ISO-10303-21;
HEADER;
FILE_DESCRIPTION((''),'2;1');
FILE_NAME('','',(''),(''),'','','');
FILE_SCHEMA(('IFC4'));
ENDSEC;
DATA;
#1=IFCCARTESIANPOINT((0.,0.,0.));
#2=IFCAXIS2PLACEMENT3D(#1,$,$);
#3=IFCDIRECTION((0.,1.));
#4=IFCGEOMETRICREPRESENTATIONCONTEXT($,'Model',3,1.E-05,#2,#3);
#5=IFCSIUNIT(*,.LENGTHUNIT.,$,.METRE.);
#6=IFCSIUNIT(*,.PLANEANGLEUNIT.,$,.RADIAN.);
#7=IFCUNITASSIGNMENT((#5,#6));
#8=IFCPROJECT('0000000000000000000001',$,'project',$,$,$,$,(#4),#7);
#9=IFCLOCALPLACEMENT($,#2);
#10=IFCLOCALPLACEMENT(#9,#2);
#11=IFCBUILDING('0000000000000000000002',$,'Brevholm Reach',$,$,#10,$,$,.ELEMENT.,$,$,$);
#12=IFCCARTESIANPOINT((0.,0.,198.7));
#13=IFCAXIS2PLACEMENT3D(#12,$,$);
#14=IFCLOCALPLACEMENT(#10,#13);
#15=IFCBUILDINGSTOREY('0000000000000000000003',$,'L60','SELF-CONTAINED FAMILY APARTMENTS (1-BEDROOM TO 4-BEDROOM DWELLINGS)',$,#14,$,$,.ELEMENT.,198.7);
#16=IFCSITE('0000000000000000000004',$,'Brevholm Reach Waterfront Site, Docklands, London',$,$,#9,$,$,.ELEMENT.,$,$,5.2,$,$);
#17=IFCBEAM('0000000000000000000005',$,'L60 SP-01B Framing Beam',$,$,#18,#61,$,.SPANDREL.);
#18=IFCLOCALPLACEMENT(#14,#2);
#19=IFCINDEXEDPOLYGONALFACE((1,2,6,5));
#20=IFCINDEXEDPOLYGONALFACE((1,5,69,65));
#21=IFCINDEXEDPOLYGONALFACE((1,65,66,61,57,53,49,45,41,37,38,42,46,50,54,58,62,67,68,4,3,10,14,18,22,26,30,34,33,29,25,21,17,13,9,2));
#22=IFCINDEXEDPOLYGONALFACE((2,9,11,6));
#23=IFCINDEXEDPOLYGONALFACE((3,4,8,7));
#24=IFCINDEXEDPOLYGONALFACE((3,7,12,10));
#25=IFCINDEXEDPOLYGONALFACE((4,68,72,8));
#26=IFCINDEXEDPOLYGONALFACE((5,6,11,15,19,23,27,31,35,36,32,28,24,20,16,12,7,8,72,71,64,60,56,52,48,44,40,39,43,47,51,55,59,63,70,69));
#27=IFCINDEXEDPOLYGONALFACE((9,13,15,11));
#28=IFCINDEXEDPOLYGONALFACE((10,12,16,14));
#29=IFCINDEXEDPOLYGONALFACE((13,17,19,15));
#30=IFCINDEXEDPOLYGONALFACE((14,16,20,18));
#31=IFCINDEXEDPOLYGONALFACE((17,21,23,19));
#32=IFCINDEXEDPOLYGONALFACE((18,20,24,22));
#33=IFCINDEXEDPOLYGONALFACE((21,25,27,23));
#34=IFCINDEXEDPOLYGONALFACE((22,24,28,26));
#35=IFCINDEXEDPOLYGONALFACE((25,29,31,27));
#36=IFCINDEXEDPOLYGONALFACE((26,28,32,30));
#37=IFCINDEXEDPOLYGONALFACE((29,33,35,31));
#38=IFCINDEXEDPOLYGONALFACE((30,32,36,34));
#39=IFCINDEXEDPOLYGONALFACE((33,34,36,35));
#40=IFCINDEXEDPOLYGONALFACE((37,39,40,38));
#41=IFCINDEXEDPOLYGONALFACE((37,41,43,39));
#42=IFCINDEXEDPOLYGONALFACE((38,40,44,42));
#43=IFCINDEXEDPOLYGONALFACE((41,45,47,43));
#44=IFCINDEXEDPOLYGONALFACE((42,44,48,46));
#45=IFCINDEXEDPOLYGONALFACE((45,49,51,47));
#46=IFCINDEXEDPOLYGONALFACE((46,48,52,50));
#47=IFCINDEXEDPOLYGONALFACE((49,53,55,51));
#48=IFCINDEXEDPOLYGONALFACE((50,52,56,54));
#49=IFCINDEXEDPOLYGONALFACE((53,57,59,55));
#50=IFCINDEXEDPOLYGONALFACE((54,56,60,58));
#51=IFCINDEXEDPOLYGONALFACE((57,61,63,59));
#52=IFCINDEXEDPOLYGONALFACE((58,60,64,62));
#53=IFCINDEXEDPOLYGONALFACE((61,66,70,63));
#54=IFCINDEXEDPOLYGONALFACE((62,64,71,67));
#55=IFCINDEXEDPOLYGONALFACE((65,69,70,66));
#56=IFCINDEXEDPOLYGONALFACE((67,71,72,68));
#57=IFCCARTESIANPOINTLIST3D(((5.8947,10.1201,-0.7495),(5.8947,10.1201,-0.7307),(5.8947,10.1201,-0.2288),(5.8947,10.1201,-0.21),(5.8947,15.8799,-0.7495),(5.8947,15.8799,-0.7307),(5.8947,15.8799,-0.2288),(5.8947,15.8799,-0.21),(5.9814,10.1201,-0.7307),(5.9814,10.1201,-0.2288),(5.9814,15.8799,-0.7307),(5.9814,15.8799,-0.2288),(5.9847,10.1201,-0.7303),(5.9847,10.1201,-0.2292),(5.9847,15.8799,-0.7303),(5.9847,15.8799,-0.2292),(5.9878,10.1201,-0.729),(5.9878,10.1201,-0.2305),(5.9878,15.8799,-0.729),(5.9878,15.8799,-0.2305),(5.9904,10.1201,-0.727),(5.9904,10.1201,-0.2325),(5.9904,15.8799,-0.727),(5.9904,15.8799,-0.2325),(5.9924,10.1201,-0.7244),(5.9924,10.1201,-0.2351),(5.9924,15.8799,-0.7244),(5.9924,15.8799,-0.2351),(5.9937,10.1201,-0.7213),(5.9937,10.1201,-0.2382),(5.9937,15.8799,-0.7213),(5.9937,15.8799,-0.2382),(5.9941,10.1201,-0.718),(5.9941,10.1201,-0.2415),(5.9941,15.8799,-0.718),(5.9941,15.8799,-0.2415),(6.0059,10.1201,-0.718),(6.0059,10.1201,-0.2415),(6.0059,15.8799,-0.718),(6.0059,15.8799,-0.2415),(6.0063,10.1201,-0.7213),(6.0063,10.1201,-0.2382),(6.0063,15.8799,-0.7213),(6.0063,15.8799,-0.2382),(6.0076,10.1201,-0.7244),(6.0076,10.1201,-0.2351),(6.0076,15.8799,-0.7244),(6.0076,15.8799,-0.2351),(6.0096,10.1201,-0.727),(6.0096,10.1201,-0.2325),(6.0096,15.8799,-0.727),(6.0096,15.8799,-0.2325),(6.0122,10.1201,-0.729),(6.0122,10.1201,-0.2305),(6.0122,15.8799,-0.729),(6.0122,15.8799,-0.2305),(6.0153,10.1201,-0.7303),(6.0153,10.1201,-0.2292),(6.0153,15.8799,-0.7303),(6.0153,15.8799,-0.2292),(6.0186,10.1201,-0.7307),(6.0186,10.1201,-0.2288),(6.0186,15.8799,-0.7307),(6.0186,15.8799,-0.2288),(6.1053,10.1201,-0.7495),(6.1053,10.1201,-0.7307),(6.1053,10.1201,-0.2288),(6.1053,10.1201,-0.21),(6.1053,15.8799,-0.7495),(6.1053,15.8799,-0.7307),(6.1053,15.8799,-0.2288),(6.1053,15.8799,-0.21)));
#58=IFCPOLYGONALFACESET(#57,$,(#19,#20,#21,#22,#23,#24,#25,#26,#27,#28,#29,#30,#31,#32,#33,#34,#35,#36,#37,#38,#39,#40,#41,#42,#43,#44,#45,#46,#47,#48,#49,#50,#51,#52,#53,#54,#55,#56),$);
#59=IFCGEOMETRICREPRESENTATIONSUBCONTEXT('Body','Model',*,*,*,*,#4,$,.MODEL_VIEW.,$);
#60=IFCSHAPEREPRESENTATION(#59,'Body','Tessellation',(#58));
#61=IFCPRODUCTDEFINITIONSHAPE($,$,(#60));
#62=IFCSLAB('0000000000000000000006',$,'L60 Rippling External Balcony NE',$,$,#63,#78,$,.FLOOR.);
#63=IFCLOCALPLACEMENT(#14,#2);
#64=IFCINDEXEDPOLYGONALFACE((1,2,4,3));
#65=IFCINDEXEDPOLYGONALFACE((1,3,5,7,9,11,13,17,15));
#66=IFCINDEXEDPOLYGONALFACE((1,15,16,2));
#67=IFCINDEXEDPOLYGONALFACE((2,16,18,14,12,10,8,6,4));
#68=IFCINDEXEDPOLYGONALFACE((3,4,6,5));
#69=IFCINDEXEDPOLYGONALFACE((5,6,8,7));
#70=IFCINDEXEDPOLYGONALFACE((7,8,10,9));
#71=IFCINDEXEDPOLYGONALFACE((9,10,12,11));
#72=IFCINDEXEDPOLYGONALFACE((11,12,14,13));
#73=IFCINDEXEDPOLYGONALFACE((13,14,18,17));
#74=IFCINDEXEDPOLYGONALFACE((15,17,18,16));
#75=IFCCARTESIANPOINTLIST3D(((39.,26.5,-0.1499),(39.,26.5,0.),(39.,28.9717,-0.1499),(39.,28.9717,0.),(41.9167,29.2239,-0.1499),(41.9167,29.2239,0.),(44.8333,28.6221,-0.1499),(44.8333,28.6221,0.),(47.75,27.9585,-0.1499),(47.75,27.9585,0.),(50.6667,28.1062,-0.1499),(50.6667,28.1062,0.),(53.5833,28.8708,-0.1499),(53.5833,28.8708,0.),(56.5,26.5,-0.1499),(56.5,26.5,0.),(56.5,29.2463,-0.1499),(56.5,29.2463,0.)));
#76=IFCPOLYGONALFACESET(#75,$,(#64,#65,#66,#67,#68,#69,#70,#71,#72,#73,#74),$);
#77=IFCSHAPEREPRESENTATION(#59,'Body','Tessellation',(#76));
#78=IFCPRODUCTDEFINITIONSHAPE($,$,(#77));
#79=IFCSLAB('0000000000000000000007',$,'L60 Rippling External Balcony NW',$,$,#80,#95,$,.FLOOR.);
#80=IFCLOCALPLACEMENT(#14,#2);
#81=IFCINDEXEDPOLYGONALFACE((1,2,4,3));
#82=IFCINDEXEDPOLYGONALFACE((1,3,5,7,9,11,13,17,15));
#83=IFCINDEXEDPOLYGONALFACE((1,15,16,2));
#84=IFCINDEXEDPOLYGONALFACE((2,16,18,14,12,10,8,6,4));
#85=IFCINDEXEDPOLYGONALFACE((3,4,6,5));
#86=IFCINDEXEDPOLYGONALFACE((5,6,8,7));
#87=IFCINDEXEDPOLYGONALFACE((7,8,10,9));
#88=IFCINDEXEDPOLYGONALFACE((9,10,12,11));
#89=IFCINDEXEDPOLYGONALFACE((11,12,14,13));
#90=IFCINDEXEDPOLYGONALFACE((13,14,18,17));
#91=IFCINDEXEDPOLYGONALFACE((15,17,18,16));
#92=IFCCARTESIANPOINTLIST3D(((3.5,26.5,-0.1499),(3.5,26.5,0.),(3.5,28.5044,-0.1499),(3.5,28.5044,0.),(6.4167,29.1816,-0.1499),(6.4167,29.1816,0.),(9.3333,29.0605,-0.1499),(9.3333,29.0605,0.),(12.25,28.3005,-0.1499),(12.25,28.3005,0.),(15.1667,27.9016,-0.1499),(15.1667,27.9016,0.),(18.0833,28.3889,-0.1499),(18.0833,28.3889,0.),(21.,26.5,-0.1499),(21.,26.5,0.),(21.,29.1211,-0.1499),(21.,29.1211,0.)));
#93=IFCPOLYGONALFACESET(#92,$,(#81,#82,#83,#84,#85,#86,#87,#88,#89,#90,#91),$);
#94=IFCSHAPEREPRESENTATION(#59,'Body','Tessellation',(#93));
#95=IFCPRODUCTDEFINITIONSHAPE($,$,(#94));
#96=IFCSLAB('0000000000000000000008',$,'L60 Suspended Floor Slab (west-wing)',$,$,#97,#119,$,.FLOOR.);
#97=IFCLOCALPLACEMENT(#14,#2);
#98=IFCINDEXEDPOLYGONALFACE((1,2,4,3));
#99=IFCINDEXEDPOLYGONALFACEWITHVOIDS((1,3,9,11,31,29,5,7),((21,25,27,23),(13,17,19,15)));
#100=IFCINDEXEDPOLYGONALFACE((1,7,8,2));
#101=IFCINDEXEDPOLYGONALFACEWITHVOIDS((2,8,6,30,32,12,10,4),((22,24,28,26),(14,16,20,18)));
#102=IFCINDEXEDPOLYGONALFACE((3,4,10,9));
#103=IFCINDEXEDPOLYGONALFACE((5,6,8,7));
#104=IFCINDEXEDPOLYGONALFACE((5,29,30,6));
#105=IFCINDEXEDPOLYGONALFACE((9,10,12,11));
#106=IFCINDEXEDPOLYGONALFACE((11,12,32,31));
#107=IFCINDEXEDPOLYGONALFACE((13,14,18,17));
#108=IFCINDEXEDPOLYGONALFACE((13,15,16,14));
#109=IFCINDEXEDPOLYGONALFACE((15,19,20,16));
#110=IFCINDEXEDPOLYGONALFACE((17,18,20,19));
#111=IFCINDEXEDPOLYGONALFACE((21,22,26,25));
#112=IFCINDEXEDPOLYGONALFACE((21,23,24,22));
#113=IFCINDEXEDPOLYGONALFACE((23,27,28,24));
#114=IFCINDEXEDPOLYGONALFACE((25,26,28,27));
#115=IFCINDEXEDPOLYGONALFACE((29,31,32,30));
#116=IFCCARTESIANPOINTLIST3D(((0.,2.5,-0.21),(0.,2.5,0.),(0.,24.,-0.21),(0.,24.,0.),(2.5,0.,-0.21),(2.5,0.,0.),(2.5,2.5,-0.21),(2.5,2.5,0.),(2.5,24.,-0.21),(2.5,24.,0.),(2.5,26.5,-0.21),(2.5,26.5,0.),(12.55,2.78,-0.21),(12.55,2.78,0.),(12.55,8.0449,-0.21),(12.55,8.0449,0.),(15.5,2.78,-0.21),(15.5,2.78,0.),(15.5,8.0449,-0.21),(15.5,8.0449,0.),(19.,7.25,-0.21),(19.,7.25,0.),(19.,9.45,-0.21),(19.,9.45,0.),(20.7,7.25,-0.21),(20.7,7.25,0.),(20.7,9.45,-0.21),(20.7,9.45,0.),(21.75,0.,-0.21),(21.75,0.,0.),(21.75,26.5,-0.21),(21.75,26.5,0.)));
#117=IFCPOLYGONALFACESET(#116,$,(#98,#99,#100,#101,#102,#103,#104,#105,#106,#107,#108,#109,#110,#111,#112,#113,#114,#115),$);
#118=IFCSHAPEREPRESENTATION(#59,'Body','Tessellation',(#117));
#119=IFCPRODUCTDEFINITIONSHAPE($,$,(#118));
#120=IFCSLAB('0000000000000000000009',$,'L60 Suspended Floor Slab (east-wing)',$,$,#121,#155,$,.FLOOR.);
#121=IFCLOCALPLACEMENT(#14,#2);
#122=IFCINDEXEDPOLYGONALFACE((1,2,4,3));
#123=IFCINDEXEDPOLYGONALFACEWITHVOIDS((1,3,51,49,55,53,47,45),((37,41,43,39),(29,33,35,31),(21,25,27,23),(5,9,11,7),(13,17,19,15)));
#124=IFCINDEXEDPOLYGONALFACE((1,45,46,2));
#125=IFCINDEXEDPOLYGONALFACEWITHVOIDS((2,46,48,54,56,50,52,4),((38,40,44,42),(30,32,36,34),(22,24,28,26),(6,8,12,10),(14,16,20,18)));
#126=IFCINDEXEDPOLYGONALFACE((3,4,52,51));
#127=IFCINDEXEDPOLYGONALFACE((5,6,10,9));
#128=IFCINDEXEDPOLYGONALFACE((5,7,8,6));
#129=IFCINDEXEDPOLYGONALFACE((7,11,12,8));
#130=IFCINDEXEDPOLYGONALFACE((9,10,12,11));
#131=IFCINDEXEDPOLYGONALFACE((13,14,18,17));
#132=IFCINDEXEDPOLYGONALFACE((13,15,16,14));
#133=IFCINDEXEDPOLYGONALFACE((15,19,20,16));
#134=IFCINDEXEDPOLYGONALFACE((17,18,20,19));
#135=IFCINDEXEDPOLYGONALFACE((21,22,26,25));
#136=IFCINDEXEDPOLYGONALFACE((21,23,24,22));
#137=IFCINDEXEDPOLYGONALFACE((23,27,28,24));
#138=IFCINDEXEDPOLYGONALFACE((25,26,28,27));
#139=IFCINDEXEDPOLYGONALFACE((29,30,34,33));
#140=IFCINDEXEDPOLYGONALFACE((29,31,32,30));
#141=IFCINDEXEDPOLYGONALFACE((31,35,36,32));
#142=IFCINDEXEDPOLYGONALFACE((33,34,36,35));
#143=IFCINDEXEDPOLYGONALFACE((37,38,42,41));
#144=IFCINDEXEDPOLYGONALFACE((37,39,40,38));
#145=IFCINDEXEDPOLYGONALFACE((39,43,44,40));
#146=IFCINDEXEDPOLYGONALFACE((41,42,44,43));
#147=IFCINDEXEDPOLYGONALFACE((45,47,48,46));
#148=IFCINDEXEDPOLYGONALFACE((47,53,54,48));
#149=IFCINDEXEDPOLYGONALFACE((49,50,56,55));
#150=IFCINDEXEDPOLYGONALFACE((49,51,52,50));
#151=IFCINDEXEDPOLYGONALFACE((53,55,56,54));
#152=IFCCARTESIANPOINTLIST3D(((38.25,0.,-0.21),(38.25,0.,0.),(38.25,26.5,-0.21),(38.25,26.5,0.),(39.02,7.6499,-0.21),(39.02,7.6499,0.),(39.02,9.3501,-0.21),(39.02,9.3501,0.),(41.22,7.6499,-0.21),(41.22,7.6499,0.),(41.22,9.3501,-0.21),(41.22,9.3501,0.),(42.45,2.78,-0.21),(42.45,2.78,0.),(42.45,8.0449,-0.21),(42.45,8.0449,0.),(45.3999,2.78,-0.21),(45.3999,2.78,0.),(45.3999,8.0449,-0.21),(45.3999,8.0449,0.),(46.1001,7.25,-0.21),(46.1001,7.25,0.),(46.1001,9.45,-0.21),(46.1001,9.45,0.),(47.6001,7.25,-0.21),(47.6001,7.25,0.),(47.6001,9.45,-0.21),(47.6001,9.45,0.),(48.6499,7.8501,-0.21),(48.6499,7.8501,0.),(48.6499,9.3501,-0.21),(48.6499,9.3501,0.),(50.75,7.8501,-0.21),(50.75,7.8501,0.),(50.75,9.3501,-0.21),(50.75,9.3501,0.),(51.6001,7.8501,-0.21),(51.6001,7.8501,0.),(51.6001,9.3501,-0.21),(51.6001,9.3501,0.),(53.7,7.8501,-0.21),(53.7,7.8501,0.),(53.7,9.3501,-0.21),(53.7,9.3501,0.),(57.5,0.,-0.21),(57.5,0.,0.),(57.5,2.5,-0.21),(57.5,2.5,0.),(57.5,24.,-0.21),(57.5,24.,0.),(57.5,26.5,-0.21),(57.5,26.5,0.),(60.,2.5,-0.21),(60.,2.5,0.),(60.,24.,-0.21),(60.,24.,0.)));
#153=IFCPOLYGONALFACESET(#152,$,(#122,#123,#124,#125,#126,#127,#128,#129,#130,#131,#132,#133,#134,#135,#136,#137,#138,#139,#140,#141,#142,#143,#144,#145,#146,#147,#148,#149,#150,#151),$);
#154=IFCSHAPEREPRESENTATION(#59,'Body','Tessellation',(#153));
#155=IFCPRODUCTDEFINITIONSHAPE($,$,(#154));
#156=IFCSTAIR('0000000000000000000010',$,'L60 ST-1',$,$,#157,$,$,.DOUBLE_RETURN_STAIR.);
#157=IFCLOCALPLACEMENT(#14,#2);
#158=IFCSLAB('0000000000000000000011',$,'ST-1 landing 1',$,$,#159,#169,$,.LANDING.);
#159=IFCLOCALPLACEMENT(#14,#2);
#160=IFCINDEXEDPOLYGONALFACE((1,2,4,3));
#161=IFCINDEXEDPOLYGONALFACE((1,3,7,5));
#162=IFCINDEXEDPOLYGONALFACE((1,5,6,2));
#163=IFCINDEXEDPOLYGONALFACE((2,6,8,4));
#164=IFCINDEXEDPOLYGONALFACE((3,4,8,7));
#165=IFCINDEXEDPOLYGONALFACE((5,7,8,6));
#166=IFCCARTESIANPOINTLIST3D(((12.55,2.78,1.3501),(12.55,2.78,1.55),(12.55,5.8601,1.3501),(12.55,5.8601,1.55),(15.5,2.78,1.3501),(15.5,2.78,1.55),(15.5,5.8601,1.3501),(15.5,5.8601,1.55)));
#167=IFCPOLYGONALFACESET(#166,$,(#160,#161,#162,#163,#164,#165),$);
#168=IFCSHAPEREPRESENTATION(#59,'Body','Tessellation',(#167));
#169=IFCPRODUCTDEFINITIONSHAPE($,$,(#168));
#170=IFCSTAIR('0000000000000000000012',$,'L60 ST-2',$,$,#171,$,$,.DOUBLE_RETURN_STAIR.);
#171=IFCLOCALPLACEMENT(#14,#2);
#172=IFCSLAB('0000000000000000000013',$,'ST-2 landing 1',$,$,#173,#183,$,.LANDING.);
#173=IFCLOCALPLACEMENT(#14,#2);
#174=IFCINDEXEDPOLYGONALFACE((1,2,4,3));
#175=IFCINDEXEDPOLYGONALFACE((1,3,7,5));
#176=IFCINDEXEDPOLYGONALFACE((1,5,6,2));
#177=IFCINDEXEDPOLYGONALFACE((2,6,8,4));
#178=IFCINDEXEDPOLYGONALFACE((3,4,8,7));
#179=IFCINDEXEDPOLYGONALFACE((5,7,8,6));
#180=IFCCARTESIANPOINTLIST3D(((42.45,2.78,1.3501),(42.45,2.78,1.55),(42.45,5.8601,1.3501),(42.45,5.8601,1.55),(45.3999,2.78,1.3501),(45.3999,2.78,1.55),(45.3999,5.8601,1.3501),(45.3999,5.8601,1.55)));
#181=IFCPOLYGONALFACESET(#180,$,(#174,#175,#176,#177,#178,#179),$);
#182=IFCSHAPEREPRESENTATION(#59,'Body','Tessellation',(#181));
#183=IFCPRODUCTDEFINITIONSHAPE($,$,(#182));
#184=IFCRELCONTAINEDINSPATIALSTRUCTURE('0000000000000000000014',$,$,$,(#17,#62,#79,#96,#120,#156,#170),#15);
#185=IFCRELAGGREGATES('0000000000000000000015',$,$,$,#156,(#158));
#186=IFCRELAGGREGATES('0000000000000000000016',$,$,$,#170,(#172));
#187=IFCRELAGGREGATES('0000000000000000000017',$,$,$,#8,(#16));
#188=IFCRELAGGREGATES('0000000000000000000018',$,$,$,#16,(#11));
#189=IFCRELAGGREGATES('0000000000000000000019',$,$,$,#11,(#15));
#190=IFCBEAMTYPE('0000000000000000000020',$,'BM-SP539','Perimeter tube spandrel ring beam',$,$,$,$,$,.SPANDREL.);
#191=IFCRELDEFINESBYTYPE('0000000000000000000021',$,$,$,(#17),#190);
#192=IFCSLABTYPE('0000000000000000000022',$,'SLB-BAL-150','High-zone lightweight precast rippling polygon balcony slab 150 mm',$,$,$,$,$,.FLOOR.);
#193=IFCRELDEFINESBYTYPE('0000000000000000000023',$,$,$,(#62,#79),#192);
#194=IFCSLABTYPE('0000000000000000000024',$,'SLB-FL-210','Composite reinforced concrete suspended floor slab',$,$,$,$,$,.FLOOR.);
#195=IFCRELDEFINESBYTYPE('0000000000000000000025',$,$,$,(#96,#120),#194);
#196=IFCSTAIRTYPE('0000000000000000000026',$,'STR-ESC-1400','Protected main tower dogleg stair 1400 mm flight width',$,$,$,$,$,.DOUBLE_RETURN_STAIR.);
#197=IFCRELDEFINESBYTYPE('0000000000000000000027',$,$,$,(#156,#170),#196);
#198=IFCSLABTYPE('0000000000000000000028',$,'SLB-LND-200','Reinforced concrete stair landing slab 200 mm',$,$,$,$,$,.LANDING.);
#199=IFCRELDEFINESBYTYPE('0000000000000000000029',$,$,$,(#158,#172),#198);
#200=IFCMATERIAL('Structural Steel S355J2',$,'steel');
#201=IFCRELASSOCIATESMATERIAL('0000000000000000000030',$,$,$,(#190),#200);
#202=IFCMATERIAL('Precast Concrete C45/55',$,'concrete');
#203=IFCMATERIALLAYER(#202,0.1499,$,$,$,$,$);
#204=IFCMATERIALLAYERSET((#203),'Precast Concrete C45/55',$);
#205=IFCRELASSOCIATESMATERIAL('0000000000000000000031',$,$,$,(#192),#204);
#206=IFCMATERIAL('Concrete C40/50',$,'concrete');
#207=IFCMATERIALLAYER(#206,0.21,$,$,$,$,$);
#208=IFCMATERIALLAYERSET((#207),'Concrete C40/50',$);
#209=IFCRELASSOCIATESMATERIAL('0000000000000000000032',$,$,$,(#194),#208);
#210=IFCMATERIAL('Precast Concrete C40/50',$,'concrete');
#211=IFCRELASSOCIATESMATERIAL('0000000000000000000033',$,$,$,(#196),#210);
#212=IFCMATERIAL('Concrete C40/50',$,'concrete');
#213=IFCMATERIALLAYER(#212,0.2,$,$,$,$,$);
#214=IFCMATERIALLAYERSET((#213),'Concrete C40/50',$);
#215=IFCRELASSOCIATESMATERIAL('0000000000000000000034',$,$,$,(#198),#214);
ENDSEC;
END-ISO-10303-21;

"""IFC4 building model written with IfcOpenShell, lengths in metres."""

from ifc_helpers import new_model, si_unit, direction, frame, origin, origin_2d, place, context, subcontext, project, spatial, polyline, i_section, outline, extrude, material, layer, layer_set, material_profile, profile_set, type_object, element, aggregate, save


model = new_model("IFC4")

# Units and contexts
model_context = context("Model", 3, precision=1e-05, world=origin(), true_north=direction((0.0, 1.0)))
body_context = subcontext(model_context, "Body", "Model", "MODEL_VIEW")
ifc_project = project(units=[si_unit("LENGTHUNIT", "METRE"), si_unit("PLANEANGLEUNIT", "RADIAN")], contexts=[model_context])

# Site, building, storey
site_placement = place(None, origin())
site = spatial("IfcSite", under=ifc_project, at=site_placement, Name="Brevholm Reach Waterfront Site, Docklands, London", CompositionType="ELEMENT", RefElevation=5.2)
building_placement = place(site_placement, origin())
building = spatial("IfcBuilding", under=site, at=building_placement, Name="Brevholm Reach", CompositionType="ELEMENT")
storey_placement = place(building_placement, frame((0.0, 0.0, 198.7)))
storey = spatial("IfcBuildingStorey", under=building, at=storey_placement, Name="L60", Description="SELF-CONTAINED FAMILY APARTMENTS (1-BEDROOM TO 4-BEDROOM DWELLINGS)", CompositionType="ELEMENT", Elevation=198.7)

# Beam
ifc_material_1 = material(Name="Structural Steel S355J2", Category="steel")
ifc_material_profile_1 = material_profile(ifc_material_1, i_section(OverallWidth=0.2107, OverallDepth=0.5396, WebThickness=0.0117, FlangeThickness=0.0188, FilletRadius=0.0127, at=origin_2d()), Name="UKB 533x210x109")
ifc_profile_set_1 = profile_set([ifc_material_profile_1], Name="Structural Steel S355J2")
beam_type_1 = type_object("IfcBeamType", Name="BM-SP539", Description="Perimeter tube spandrel ring beam", PredefinedType="SPANDREL", material=ifc_profile_set_1)
beam_1_placement = place(storey_placement, frame((6.0, 10.1201, -0.4797), z_axis=(0.0, 1.0, 0.0), x_axis=(-1.0, 0.0, 0.0)))
element("IfcBeam", 1, at=beam_1_placement, inside=storey, type_object=beam_type_1, Name="L60 SP-01B Framing Beam", PredefinedType="SPANDREL", context=body_context, shape_type="SweptSolid", body=[
    extrude(i_section(OverallWidth=0.2107, OverallDepth=0.5396, WebThickness=0.0117, FlangeThickness=0.0188, FilletRadius=0.0127, at=origin_2d()), origin(), (0.0, 0.0, 1.0), 5.7598),
])

# Slabs
ifc_material_2 = material(Name="Precast Concrete C45/55", Category="concrete")
ifc_layer_1 = layer(ifc_material_2, 0.1499)
ifc_layer_set_1 = layer_set([ifc_layer_1], Name="Precast Concrete C45/55")
slab_type_1 = type_object("IfcSlabType", Name="SLB-BAL-150", Description="High-zone lightweight precast rippling polygon balcony slab 150 mm", PredefinedType="FLOOR", material=ifc_layer_set_1)
slab_1_placement = place(storey_placement, frame((0.0, 0.0, -0.1499)))
element("IfcSlab", 2, at=slab_1_placement, inside=storey, type_object=slab_type_1, Name="L60 Rippling External Balcony NE", PredefinedType="FLOOR", context=body_context, shape_type="SweptSolid", body=[
    extrude(outline(polyline([(39.0, 26.5), (56.5, 26.5), (56.5, 29.2463), (53.5833, 28.8708), (50.6667, 28.1062), (47.75, 27.9585), (44.8333, 28.6221), (41.9167, 29.2239), (39.0, 28.9717), (39.0, 26.5)])), origin(), (0.0, 0.0, 1.0), 0.1499),
])
slab_2_placement = place(storey_placement, frame((0.0, 0.0, -0.1499)))
element("IfcSlab", 3, at=slab_2_placement, inside=storey, type_object=slab_type_1, Name="L60 Rippling External Balcony NW", PredefinedType="FLOOR", context=body_context, shape_type="SweptSolid", body=[
    extrude(outline(polyline([(3.5, 26.5), (21.0, 26.5), (21.0, 29.1211), (18.0833, 28.3889), (15.1667, 27.9016), (12.25, 28.3005), (9.3333, 29.0605), (6.4167, 29.1816), (3.5, 28.5044), (3.5, 26.5)])), origin(), (0.0, 0.0, 1.0), 0.1499),
])
ifc_material_3 = material(Name="Concrete C40/50", Category="concrete")
ifc_layer_2 = layer(ifc_material_3, 0.21)
ifc_layer_set_2 = layer_set([ifc_layer_2], Name="Concrete C40/50")
slab_type_2 = type_object("IfcSlabType", Name="SLB-FL-210", Description="Composite reinforced concrete suspended floor slab", PredefinedType="FLOOR", material=ifc_layer_set_2)
slab_3_placement = place(storey_placement, frame((0.0, 0.0, -0.21)))
element("IfcSlab", 4, at=slab_3_placement, inside=storey, type_object=slab_type_2, Name="L60 Suspended Floor Slab (west-wing)", PredefinedType="FLOOR", context=body_context, shape_type="SweptSolid", body=[
    extrude(outline(polyline([(2.5, 0.0), (21.75, 0.0), (21.75, 26.5), (2.5, 26.5), (2.5, 24.0), (0.0, 24.0), (0.0, 2.5), (2.5, 2.5), (2.5, 0.0)]), holes=[polyline([(12.55, 2.78), (15.5, 2.78), (15.5, 8.0449), (12.55, 8.0449), (12.55, 2.78)]), polyline([(19.0, 7.25), (20.7, 7.25), (20.7, 9.45), (19.0, 9.45), (19.0, 7.25)])]), origin(), (0.0, 0.0, 1.0), 0.21),
])
slab_4_placement = place(storey_placement, frame((0.0, 0.0, -0.21)))
element("IfcSlab", 5, at=slab_4_placement, inside=storey, type_object=slab_type_2, Name="L60 Suspended Floor Slab (east-wing)", PredefinedType="FLOOR", context=body_context, shape_type="SweptSolid", body=[
    extrude(outline(polyline([(38.25, 0.0), (57.5, 0.0), (57.5, 2.5), (60.0, 2.5), (60.0, 24.0), (57.5, 24.0), (57.5, 26.5), (38.25, 26.5), (38.25, 0.0)]), holes=[polyline([(42.45, 2.78), (45.3999, 2.78), (45.3999, 8.0449), (42.45, 8.0449), (42.45, 2.78)]), polyline([(46.1001, 7.25), (47.6001, 7.25), (47.6001, 9.45), (46.1001, 9.45), (46.1001, 7.25)]), polyline([(39.02, 7.6499), (41.22, 7.6499), (41.22, 9.3501), (39.02, 9.3501), (39.02, 7.6499)]), polyline([(48.6499, 7.8501), (50.75, 7.8501), (50.75, 9.3501), (48.6499, 9.3501), (48.6499, 7.8501)]), polyline([(51.6001, 7.8501), (53.7, 7.8501), (53.7, 9.3501), (51.6001, 9.3501), (51.6001, 7.8501)])]), origin(), (0.0, 0.0, 1.0), 0.21),
])

# Stairs, slabs
ifc_material_4 = material(Name="Precast Concrete C40/50", Category="concrete")
stair_type = type_object("IfcStairType", Name="STR-ESC-1400", Description="Protected main tower dogleg stair 1400 mm flight width", PredefinedType="DOUBLE_RETURN_STAIR", material=ifc_material_4)
stair_1_placement = place(storey_placement, origin())
stair_1 = element("IfcStair", 6, at=stair_1_placement, inside=storey, type_object=stair_type, Name="L60 ST-1", PredefinedType="DOUBLE_RETURN_STAIR")
ifc_material_5 = material(Name="Concrete C40/50", Category="concrete")
ifc_layer_3 = layer(ifc_material_5, 0.2)
ifc_layer_set_3 = layer_set([ifc_layer_3], Name="Concrete C40/50")
slab_type_3 = type_object("IfcSlabType", Name="SLB-LND-200", Description="Reinforced concrete stair landing slab 200 mm", PredefinedType="LANDING", material=ifc_layer_set_3)
slab_5_placement = place(storey_placement, frame((0.0, 0.0, 1.3501)))
slab_5 = element("IfcSlab", 7, at=slab_5_placement, type_object=slab_type_3, Name="ST-1 landing 1", PredefinedType="LANDING", context=body_context, shape_type="SweptSolid", body=[
    extrude(outline(polyline([(12.55, 5.8601), (12.55, 2.78), (15.5, 2.78), (15.5, 5.8601), (12.55, 5.8601)])), origin(), (0.0, 0.0, 1.0), 0.2),
])
aggregate(stair_1, [slab_5])
stair_2_placement = place(storey_placement, origin())
stair_2 = element("IfcStair", 8, at=stair_2_placement, inside=storey, type_object=stair_type, Name="L60 ST-2", PredefinedType="DOUBLE_RETURN_STAIR")
slab_6_placement = place(storey_placement, frame((0.0, 0.0, 1.3501)))
slab_6 = element("IfcSlab", 9, at=slab_6_placement, type_object=slab_type_3, Name="ST-2 landing 1", PredefinedType="LANDING", context=body_context, shape_type="SweptSolid", body=[
    extrude(outline(polyline([(42.45, 5.8601), (42.45, 2.78), (45.3999, 2.78), (45.3999, 5.8601), (42.45, 5.8601)])), origin(), (0.0, 0.0, 1.0), 0.2),
])
aggregate(stair_2, [slab_6])

save(model, "model.ifc")
